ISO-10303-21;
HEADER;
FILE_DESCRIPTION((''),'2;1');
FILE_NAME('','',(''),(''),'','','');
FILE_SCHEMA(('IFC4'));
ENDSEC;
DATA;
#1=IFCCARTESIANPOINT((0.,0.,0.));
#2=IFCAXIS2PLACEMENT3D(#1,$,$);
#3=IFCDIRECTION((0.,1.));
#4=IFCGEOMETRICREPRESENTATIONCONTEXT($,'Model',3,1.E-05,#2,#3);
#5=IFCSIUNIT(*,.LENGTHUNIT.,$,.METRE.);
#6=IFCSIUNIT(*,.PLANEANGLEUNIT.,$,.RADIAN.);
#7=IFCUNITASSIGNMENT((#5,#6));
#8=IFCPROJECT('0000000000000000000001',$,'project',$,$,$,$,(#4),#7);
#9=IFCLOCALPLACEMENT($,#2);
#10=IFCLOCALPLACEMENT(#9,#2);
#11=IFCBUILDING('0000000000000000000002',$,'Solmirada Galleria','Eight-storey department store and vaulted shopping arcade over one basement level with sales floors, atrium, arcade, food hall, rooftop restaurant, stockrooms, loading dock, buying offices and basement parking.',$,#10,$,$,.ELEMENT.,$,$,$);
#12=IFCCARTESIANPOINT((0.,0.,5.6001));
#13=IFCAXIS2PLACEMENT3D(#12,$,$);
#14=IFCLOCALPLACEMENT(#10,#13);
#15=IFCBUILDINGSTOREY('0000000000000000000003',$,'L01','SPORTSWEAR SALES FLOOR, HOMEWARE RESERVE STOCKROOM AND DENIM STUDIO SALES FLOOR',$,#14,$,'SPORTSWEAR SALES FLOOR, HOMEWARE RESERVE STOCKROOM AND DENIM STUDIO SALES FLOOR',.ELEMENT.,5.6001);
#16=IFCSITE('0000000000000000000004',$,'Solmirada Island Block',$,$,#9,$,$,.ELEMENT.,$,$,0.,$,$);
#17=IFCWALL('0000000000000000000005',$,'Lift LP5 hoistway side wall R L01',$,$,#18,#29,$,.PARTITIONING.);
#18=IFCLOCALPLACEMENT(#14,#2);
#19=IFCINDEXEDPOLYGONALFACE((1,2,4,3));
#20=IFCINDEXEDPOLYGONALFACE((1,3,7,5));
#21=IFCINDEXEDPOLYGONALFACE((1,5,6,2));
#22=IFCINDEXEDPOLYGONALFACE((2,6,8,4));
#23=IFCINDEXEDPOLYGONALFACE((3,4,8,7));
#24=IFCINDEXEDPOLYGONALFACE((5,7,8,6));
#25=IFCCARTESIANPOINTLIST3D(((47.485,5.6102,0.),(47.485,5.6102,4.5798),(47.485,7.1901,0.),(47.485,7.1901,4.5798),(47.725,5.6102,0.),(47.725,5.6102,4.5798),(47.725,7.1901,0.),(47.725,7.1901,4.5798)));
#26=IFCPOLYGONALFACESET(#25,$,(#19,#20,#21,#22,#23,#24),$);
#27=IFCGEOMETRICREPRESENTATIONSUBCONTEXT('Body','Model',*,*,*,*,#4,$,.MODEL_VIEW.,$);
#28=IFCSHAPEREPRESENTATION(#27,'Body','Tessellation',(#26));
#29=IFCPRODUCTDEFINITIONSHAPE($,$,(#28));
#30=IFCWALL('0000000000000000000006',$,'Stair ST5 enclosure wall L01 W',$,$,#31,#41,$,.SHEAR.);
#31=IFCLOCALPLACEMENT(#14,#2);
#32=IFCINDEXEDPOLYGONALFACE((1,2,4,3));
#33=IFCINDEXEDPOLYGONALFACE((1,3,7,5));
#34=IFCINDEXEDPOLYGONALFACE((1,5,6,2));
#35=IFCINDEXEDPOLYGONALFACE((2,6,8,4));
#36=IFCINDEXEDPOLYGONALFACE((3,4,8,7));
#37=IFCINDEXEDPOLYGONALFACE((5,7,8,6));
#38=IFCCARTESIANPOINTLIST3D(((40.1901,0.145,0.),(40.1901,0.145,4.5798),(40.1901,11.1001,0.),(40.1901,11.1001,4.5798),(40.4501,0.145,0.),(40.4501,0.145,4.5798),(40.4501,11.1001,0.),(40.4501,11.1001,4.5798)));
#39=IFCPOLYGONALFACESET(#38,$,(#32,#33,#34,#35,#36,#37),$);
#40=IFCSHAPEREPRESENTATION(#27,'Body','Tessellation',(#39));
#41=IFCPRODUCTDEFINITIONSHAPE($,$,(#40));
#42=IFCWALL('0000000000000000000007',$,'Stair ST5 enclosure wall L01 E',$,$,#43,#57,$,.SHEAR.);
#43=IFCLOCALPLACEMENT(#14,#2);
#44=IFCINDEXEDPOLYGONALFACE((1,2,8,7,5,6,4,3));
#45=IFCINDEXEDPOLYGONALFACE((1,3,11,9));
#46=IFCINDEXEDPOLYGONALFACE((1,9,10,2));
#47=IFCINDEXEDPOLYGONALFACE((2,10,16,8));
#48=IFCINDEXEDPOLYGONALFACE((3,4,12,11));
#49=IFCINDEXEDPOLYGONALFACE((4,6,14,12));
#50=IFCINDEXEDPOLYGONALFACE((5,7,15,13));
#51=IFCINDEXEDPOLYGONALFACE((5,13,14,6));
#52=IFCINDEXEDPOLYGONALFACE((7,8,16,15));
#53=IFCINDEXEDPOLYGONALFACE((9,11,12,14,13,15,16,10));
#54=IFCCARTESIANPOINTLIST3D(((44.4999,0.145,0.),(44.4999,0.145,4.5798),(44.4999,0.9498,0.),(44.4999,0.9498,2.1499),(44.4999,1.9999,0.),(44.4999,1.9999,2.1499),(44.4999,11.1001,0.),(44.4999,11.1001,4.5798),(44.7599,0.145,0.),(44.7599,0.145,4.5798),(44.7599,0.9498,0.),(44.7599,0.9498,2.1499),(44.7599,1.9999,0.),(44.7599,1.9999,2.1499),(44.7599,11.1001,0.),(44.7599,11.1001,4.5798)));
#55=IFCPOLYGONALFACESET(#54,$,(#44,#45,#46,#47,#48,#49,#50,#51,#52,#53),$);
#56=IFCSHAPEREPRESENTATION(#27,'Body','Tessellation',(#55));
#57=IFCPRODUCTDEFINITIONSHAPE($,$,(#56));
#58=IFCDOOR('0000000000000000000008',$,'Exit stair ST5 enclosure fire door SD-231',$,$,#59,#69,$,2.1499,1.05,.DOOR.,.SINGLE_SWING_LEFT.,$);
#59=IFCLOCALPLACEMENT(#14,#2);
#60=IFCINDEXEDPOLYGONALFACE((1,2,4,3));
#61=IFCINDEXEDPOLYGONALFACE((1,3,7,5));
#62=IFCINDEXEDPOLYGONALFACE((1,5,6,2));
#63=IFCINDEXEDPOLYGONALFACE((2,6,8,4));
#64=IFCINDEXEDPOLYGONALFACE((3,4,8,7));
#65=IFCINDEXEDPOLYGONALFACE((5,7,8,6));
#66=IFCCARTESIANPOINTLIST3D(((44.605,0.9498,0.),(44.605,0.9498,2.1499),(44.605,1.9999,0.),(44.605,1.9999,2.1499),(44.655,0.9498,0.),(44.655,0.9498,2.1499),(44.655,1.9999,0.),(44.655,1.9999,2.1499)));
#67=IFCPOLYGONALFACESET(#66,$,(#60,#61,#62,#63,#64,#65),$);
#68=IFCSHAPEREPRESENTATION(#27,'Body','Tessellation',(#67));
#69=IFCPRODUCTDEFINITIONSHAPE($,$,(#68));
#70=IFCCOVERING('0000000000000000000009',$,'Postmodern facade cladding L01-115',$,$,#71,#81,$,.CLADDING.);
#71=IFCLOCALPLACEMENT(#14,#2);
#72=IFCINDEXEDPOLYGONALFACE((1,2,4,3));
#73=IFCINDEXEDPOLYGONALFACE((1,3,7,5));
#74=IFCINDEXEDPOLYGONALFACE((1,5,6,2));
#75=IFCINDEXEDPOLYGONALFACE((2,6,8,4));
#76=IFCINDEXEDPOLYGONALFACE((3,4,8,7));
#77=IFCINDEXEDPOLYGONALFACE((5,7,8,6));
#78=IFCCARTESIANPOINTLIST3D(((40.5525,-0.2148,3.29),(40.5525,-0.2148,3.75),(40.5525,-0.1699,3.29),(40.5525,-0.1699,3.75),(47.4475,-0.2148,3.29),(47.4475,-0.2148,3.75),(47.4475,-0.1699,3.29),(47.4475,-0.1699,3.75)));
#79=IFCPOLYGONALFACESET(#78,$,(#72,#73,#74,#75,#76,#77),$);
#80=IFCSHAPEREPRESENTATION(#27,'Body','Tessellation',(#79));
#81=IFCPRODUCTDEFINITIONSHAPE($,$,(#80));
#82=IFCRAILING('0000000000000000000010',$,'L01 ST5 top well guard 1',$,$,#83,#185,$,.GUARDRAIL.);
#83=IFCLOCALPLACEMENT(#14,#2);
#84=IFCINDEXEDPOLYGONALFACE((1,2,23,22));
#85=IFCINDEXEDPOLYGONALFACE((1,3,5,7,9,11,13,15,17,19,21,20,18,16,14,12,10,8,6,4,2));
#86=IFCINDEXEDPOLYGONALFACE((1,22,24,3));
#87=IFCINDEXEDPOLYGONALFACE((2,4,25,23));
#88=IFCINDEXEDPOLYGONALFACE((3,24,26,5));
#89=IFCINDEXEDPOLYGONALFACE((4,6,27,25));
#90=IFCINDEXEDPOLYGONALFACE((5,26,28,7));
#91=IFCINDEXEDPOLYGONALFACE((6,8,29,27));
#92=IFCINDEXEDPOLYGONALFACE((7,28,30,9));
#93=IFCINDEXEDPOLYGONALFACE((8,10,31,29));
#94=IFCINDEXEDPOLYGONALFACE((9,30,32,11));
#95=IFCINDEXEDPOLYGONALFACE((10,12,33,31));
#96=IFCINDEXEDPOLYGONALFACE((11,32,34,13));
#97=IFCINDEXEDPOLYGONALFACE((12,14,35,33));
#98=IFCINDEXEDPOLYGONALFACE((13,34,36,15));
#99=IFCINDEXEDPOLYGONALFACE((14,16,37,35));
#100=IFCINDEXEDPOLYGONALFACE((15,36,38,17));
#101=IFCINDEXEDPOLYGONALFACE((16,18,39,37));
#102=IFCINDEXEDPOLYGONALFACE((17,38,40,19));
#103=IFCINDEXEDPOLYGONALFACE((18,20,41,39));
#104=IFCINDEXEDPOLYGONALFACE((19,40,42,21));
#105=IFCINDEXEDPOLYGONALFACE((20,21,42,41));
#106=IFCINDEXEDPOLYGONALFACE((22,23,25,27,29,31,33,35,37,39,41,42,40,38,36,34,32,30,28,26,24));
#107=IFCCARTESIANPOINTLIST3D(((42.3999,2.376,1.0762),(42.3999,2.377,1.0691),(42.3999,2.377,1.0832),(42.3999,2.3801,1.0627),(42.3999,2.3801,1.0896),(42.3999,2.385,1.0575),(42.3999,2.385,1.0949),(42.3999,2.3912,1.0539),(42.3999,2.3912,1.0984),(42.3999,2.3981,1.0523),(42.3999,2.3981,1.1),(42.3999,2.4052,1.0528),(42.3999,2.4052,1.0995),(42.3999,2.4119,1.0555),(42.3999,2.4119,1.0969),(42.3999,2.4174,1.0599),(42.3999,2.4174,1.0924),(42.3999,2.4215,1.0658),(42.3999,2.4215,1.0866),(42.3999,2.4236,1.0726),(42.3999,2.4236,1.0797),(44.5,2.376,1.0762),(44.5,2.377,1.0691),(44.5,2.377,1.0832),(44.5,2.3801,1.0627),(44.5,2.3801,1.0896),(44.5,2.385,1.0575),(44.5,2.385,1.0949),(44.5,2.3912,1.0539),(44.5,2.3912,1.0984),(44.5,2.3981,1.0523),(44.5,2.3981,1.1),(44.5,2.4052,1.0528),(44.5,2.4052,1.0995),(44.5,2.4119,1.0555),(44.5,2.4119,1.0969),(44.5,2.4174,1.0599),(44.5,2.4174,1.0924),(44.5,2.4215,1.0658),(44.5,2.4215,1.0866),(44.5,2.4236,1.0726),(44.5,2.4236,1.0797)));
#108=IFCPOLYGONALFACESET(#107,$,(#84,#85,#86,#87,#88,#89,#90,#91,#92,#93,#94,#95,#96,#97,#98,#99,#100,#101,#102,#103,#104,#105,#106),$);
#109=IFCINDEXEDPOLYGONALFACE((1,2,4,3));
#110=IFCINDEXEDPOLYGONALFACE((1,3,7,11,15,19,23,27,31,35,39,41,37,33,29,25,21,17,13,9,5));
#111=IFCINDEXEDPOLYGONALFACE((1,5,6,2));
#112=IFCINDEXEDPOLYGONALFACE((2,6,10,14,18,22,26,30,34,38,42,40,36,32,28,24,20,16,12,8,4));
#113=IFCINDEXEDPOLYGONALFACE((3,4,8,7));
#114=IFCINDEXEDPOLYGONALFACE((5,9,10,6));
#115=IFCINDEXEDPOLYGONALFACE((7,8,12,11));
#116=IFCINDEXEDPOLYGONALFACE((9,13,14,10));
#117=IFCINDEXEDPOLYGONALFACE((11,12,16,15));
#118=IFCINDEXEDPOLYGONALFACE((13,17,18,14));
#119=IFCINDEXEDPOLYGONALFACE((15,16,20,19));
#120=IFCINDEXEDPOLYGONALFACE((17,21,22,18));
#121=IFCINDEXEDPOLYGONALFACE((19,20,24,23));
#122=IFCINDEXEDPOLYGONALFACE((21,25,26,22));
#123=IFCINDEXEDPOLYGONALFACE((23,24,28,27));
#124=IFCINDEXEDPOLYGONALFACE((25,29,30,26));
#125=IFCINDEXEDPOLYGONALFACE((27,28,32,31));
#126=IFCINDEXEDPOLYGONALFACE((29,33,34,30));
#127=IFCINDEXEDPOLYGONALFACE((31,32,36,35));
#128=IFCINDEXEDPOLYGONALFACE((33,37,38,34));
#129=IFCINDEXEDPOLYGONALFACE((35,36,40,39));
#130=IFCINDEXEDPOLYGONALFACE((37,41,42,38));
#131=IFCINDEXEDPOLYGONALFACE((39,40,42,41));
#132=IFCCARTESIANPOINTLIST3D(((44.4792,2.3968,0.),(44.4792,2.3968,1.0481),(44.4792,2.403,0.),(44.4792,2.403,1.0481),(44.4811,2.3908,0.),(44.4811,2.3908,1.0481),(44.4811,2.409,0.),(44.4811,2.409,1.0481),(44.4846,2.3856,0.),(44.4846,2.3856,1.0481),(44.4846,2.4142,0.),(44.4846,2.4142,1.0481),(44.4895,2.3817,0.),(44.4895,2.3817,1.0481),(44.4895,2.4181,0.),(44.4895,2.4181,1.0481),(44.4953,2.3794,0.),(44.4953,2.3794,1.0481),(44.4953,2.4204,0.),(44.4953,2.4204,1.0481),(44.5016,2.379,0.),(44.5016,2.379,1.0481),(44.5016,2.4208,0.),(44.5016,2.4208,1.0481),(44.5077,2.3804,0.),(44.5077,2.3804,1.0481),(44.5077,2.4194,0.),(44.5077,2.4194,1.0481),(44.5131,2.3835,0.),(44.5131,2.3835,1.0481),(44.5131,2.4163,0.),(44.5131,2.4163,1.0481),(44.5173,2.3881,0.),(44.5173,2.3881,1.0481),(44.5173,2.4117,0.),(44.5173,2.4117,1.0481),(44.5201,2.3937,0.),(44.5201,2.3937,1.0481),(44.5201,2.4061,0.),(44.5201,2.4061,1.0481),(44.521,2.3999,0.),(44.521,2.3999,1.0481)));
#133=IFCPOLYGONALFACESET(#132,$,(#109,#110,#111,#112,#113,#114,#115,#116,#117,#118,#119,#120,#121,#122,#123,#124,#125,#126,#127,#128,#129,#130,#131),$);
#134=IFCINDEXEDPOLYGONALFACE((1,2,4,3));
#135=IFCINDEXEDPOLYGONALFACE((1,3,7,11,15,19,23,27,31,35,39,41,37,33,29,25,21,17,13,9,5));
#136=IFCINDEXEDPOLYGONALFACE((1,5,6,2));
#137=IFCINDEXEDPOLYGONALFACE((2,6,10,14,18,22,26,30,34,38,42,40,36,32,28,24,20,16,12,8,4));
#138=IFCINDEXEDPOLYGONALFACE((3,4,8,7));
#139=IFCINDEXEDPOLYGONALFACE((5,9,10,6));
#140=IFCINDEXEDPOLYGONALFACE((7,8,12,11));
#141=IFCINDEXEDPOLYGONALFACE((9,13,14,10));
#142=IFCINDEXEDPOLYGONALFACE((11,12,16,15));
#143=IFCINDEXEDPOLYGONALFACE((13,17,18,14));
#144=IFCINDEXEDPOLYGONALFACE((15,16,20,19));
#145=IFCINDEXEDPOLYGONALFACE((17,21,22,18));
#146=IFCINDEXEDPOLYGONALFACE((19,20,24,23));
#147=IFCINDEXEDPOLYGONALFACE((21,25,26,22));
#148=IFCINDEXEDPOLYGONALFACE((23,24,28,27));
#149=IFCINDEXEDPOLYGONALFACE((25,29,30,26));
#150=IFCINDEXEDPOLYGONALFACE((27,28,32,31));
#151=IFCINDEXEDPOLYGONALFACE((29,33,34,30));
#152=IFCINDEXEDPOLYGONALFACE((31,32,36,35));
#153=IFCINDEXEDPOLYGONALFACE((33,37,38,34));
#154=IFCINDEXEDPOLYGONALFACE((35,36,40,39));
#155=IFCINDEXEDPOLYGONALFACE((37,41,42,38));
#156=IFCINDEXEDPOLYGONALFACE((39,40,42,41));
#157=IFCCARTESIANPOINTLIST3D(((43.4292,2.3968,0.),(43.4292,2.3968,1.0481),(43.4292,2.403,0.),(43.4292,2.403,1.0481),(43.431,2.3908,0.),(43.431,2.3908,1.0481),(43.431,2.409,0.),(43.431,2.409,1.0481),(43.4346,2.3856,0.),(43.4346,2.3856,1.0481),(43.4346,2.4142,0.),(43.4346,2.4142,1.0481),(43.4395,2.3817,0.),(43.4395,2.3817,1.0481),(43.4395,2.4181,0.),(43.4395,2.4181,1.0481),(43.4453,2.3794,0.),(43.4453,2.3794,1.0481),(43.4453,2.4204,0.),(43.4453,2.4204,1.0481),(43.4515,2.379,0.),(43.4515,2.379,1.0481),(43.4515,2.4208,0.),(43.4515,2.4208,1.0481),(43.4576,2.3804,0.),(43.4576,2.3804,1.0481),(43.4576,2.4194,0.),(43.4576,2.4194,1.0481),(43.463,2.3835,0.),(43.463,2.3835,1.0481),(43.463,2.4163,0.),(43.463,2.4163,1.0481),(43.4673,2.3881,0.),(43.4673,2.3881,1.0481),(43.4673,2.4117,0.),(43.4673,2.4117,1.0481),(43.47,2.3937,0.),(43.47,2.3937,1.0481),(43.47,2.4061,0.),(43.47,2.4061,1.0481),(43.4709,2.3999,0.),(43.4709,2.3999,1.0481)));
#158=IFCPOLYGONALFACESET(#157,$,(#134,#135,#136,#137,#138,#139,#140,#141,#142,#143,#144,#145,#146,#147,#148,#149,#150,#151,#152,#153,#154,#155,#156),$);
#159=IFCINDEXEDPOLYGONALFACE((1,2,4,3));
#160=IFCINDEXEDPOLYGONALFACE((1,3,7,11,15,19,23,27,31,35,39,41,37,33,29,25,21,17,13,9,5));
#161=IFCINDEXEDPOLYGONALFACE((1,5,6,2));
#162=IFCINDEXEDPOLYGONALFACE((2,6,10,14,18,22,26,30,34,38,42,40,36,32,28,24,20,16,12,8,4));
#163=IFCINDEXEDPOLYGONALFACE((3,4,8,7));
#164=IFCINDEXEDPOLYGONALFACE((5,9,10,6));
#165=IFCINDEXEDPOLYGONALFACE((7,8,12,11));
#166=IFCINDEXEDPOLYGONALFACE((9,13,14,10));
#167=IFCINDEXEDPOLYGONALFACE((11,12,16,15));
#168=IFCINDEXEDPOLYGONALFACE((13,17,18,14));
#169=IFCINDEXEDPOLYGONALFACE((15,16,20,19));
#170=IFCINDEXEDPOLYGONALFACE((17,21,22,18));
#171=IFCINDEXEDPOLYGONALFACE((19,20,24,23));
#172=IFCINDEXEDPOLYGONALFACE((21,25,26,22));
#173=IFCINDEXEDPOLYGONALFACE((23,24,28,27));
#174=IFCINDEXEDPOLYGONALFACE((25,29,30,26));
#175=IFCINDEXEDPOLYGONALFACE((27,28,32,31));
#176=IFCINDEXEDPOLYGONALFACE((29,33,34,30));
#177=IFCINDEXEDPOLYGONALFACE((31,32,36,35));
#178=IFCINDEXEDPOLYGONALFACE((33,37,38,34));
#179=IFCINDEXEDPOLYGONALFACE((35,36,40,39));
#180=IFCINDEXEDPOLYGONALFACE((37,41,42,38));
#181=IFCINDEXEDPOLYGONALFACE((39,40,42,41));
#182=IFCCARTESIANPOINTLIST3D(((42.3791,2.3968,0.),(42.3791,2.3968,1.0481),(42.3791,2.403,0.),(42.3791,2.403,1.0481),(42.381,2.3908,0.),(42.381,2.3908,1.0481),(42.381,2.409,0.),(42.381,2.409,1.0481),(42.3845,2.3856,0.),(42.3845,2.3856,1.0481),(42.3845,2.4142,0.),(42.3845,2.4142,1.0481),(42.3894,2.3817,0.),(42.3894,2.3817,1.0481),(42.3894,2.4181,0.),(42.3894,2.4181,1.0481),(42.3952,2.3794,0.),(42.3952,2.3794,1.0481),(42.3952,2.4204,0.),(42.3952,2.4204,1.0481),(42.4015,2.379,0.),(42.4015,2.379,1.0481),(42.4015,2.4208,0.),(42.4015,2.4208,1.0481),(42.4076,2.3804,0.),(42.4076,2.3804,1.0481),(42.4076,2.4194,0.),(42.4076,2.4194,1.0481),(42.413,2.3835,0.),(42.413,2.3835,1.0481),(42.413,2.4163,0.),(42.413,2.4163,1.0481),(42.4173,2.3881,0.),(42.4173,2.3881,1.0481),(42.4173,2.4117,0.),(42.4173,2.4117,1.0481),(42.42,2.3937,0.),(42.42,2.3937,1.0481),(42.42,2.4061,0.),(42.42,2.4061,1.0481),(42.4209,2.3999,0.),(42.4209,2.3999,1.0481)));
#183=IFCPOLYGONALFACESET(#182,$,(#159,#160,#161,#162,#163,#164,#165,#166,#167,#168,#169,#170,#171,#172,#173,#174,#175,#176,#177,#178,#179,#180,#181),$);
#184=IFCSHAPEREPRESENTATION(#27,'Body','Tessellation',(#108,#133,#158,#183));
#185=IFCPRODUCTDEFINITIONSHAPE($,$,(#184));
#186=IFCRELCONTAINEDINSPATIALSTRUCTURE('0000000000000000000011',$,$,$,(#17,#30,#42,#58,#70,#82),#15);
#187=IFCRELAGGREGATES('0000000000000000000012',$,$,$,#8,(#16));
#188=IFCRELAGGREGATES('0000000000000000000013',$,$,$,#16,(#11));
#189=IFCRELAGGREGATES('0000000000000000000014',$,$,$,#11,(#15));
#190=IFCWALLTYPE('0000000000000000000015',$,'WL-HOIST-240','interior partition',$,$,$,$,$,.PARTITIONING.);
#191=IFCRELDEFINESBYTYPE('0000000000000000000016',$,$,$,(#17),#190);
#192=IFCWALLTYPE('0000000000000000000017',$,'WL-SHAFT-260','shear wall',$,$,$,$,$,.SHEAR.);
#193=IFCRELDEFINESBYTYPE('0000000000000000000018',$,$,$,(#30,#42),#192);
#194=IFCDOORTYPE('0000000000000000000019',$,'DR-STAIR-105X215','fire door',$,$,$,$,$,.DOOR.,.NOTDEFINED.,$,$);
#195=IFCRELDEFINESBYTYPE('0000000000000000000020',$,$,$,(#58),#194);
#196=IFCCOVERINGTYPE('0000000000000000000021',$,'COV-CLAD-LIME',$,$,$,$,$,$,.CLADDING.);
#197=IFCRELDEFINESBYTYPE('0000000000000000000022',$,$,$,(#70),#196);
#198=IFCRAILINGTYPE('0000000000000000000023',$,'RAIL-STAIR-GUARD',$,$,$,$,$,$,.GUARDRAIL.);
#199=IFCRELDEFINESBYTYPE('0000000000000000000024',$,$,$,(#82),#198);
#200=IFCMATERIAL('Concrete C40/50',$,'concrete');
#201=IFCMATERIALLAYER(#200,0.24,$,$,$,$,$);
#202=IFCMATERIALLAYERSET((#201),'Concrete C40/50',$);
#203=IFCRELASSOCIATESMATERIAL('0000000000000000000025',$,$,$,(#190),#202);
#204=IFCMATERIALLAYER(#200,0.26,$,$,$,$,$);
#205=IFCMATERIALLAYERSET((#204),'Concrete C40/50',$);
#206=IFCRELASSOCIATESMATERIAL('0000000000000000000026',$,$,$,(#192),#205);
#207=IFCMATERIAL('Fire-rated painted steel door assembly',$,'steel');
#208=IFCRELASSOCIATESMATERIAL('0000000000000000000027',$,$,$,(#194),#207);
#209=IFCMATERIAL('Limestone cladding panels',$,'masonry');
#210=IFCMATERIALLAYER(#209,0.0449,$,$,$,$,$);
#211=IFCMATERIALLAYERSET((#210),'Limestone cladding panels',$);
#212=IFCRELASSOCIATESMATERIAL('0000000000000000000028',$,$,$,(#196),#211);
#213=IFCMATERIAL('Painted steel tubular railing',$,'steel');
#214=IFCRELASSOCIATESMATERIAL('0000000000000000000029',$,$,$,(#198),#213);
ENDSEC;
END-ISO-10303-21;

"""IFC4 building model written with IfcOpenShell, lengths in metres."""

from ifc_helpers import new_model, si_unit, direction, frame, frame_2d, origin, origin_2d, place, context, subcontext, project, spatial, rectangle, circle, extrude, material, layer, layer_set, type_object, element, fill, save


model = new_model("IFC4")

# Units and contexts
model_context = context("Model", 3, precision=1e-05, world=origin(), true_north=direction((0.0, 1.0)))
body_context = subcontext(model_context, "Body", "Model", "MODEL_VIEW")
ifc_project = project(units=[si_unit("LENGTHUNIT", "METRE"), si_unit("PLANEANGLEUNIT", "RADIAN")], contexts=[model_context])

# Site, building, storey
site_placement = place(None, origin())
site = spatial("IfcSite", under=ifc_project, at=site_placement, Name="Solmirada Island Block", CompositionType="ELEMENT", RefElevation=0.0)
building_placement = place(site_placement, origin())
building = spatial("IfcBuilding", under=site, at=building_placement, Name="Solmirada Galleria", Description="Eight-storey department store and vaulted shopping arcade over one basement level with sales floors, atrium, arcade, food hall, rooftop restaurant, stockrooms, loading dock, buying offices and basement parking.", CompositionType="ELEMENT")
storey_placement = place(building_placement, frame((0.0, 0.0, 5.6001)))
storey = spatial("IfcBuildingStorey", under=building, at=storey_placement, Name="L01", Description="SPORTSWEAR SALES FLOOR, HOMEWARE RESERVE STOCKROOM AND DENIM STUDIO SALES FLOOR", LongName="SPORTSWEAR SALES FLOOR, HOMEWARE RESERVE STOCKROOM AND DENIM STUDIO SALES FLOOR", CompositionType="ELEMENT", Elevation=5.6001)

# Shared definitions
ifc_material_1 = material(Name="Concrete C40/50", Category="concrete")
ifc_material_2 = material(Name="Fire-rated painted steel door assembly", Category="steel")

# Walls
ifc_layer_1 = layer(ifc_material_1, 0.24)
ifc_layer_set_1 = layer_set([ifc_layer_1], Name="Concrete C40/50")
wall_type_1 = type_object("IfcWallType", Name="WL-HOIST-240", Description="interior partition", PredefinedType="PARTITIONING", material=ifc_layer_set_1)
for number, where, z_axis, x_axis, name in (
    (1, (47.605, 5.6101, 0.0), (0.0, 0.0, 1.0), (0.0, 1.0, 0.0), "Lift LP5 hoistway side wall R L01"),
):
    element("IfcWall", number, at=place(storey_placement, frame(where, z_axis=z_axis, x_axis=x_axis)), inside=storey, type_object=wall_type_1, Name=name, PredefinedType="PARTITIONING", context=body_context, shape_type="SweptSolid", body=[
        extrude(rectangle(XDim=1.5798, YDim=0.24, at=frame_2d((0.79, 0.0))), origin(), (0.0, 0.0, 1.0), 4.5798),
    ])
ifc_layer_2 = layer(ifc_material_1, 0.26)
ifc_layer_set_2 = layer_set([ifc_layer_2], Name="Concrete C40/50")
wall_type_2 = type_object("IfcWallType", Name="WL-SHAFT-260", Description="shear wall", PredefinedType="SHEAR", material=ifc_layer_set_2)
wall_1_placement = place(storey_placement, frame((40.3201, 0.145, 0.0), z_axis=(0.0, 0.0, 1.0), x_axis=(0.0, 1.0, 0.0)))
element("IfcWall", 2, at=wall_1_placement, inside=storey, type_object=wall_type_2, Name="Stair ST5 enclosure wall L01 W", PredefinedType="SHEAR", context=body_context, shape_type="SweptSolid", body=[
    extrude(rectangle(XDim=10.9551, YDim=0.26, at=frame_2d((5.4775, 0.0))), origin(), (0.0, 0.0, 1.0), 4.5798),
])

# Wall, opening, door
wall_2_placement = place(storey_placement, frame((44.6299, 0.145, 0.0), z_axis=(0.0, 0.0, 1.0), x_axis=(0.0, 1.0, 0.0)))
wall_2 = element("IfcWall", 3, at=wall_2_placement, inside=storey, type_object=wall_type_2, Name="Stair ST5 enclosure wall L01 E", PredefinedType="SHEAR", context=body_context, shape_type="SweptSolid", body=[
    extrude(rectangle(XDim=10.9551, YDim=0.26, at=frame_2d((5.4775, 0.0))), origin(), (0.0, 0.0, 1.0), 4.5798),
])
opening_1_placement = place(wall_2_placement, frame((0.8049, 0.0, 0.0)))
opening_1 = element("IfcOpeningElement", 4, at=opening_1_placement, cuts=wall_2, PredefinedType="OPENING", context=body_context, shape_type="SweptSolid", body=[
    extrude(rectangle(XDim=1.05, YDim=2.1499, at=frame_2d((0.5249, 1.075))), frame((0.0, 0.1399, 0.0), z_axis=(0.0, -1.0, 0.0), x_axis=(1.0, 0.0, 0.0)), (0.0, 0.0, 1.0), 0.28),
])
door_type_1 = type_object("IfcDoorType", Name="DR-STAIR-105X215", Description="fire door", OperationType="NOTDEFINED", PredefinedType="DOOR", material=ifc_material_2)
door_1_placement = place(opening_1_placement, origin())
door_1 = element("IfcDoor", 5, at=door_1_placement, inside=storey, type_object=door_type_1, Name="Exit stair ST5 enclosure fire door SD-231", OperationType="SINGLE_SWING_LEFT", OverallHeight=2.1499, OverallWidth=1.05, PredefinedType="DOOR", context=body_context, shape_type="SweptSolid", body=[
    extrude(rectangle(XDim=1.05, YDim=2.1499, at=frame_2d((0.5249, 1.075))), frame((0.0, 0.0249, 0.0), z_axis=(0.0, -1.0, 0.0), x_axis=(1.0, 0.0, 0.0)), (0.0, 0.0, 1.0), 0.05),
])
fill(opening_1, door_1)

# Covering
ifc_material_3 = material(Name="Limestone cladding panels", Category="masonry")
ifc_layer_3 = layer(ifc_material_3, 0.0449)
ifc_layer_set_3 = layer_set([ifc_layer_3], Name="Limestone cladding panels")
covering_type = type_object("IfcCoveringType", Name="COV-CLAD-LIME", PredefinedType="CLADDING", material=ifc_layer_set_3)
covering_placement = place(storey_placement, frame((44.0, -0.1924, 3.29), z_axis=(0.0, 0.0, 1.0), x_axis=(-1.0, 0.0, 0.0)))
element("IfcCovering", 6, at=covering_placement, inside=storey, type_object=covering_type, Name="Postmodern facade cladding L01-115", PredefinedType="CLADDING", context=body_context, shape_type="SweptSolid", body=[
    extrude(rectangle(XDim=6.895, YDim=0.0449, at=origin_2d()), origin(), (0.0, 0.0, 1.0), 0.46),
])

# Railing
ifc_material_4 = material(Name="Painted steel tubular railing", Category="steel")
railing_type = type_object("IfcRailingType", Name="RAIL-STAIR-GUARD", PredefinedType="GUARDRAIL", material=ifc_material_4)
railing_1_placement = place(storey_placement, frame((44.5, 2.3999, 0.0)))
element("IfcRailing", 7, at=railing_1_placement, inside=storey, type_object=railing_type, Name="L01 ST5 top well guard 1", PredefinedType="GUARDRAIL", context=body_context, shape_type="SweptSolid", body=[
    extrude(circle(Radius=0.0239, at=origin_2d()), frame((0.0, 0.0, 1.0762), z_axis=(-1.0, 0.0, 0.0), x_axis=(0.0, -1.0, 0.0)), (0.0, 0.0, 1.0), 2.1001),
    extrude(circle(Radius=0.021, at=origin_2d()), origin(), (0.0, 0.0, 1.0), 1.0481),
    extrude(circle(Radius=0.021, at=origin_2d()), frame((-1.05, 0.0, 0.0)), (0.0, 0.0, 1.0), 1.0481),
    extrude(circle(Radius=0.021, at=origin_2d()), frame((-2.1001, 0.0, 0.0)), (0.0, 0.0, 1.0), 1.0481),
])

save(model, "model.ifc")
